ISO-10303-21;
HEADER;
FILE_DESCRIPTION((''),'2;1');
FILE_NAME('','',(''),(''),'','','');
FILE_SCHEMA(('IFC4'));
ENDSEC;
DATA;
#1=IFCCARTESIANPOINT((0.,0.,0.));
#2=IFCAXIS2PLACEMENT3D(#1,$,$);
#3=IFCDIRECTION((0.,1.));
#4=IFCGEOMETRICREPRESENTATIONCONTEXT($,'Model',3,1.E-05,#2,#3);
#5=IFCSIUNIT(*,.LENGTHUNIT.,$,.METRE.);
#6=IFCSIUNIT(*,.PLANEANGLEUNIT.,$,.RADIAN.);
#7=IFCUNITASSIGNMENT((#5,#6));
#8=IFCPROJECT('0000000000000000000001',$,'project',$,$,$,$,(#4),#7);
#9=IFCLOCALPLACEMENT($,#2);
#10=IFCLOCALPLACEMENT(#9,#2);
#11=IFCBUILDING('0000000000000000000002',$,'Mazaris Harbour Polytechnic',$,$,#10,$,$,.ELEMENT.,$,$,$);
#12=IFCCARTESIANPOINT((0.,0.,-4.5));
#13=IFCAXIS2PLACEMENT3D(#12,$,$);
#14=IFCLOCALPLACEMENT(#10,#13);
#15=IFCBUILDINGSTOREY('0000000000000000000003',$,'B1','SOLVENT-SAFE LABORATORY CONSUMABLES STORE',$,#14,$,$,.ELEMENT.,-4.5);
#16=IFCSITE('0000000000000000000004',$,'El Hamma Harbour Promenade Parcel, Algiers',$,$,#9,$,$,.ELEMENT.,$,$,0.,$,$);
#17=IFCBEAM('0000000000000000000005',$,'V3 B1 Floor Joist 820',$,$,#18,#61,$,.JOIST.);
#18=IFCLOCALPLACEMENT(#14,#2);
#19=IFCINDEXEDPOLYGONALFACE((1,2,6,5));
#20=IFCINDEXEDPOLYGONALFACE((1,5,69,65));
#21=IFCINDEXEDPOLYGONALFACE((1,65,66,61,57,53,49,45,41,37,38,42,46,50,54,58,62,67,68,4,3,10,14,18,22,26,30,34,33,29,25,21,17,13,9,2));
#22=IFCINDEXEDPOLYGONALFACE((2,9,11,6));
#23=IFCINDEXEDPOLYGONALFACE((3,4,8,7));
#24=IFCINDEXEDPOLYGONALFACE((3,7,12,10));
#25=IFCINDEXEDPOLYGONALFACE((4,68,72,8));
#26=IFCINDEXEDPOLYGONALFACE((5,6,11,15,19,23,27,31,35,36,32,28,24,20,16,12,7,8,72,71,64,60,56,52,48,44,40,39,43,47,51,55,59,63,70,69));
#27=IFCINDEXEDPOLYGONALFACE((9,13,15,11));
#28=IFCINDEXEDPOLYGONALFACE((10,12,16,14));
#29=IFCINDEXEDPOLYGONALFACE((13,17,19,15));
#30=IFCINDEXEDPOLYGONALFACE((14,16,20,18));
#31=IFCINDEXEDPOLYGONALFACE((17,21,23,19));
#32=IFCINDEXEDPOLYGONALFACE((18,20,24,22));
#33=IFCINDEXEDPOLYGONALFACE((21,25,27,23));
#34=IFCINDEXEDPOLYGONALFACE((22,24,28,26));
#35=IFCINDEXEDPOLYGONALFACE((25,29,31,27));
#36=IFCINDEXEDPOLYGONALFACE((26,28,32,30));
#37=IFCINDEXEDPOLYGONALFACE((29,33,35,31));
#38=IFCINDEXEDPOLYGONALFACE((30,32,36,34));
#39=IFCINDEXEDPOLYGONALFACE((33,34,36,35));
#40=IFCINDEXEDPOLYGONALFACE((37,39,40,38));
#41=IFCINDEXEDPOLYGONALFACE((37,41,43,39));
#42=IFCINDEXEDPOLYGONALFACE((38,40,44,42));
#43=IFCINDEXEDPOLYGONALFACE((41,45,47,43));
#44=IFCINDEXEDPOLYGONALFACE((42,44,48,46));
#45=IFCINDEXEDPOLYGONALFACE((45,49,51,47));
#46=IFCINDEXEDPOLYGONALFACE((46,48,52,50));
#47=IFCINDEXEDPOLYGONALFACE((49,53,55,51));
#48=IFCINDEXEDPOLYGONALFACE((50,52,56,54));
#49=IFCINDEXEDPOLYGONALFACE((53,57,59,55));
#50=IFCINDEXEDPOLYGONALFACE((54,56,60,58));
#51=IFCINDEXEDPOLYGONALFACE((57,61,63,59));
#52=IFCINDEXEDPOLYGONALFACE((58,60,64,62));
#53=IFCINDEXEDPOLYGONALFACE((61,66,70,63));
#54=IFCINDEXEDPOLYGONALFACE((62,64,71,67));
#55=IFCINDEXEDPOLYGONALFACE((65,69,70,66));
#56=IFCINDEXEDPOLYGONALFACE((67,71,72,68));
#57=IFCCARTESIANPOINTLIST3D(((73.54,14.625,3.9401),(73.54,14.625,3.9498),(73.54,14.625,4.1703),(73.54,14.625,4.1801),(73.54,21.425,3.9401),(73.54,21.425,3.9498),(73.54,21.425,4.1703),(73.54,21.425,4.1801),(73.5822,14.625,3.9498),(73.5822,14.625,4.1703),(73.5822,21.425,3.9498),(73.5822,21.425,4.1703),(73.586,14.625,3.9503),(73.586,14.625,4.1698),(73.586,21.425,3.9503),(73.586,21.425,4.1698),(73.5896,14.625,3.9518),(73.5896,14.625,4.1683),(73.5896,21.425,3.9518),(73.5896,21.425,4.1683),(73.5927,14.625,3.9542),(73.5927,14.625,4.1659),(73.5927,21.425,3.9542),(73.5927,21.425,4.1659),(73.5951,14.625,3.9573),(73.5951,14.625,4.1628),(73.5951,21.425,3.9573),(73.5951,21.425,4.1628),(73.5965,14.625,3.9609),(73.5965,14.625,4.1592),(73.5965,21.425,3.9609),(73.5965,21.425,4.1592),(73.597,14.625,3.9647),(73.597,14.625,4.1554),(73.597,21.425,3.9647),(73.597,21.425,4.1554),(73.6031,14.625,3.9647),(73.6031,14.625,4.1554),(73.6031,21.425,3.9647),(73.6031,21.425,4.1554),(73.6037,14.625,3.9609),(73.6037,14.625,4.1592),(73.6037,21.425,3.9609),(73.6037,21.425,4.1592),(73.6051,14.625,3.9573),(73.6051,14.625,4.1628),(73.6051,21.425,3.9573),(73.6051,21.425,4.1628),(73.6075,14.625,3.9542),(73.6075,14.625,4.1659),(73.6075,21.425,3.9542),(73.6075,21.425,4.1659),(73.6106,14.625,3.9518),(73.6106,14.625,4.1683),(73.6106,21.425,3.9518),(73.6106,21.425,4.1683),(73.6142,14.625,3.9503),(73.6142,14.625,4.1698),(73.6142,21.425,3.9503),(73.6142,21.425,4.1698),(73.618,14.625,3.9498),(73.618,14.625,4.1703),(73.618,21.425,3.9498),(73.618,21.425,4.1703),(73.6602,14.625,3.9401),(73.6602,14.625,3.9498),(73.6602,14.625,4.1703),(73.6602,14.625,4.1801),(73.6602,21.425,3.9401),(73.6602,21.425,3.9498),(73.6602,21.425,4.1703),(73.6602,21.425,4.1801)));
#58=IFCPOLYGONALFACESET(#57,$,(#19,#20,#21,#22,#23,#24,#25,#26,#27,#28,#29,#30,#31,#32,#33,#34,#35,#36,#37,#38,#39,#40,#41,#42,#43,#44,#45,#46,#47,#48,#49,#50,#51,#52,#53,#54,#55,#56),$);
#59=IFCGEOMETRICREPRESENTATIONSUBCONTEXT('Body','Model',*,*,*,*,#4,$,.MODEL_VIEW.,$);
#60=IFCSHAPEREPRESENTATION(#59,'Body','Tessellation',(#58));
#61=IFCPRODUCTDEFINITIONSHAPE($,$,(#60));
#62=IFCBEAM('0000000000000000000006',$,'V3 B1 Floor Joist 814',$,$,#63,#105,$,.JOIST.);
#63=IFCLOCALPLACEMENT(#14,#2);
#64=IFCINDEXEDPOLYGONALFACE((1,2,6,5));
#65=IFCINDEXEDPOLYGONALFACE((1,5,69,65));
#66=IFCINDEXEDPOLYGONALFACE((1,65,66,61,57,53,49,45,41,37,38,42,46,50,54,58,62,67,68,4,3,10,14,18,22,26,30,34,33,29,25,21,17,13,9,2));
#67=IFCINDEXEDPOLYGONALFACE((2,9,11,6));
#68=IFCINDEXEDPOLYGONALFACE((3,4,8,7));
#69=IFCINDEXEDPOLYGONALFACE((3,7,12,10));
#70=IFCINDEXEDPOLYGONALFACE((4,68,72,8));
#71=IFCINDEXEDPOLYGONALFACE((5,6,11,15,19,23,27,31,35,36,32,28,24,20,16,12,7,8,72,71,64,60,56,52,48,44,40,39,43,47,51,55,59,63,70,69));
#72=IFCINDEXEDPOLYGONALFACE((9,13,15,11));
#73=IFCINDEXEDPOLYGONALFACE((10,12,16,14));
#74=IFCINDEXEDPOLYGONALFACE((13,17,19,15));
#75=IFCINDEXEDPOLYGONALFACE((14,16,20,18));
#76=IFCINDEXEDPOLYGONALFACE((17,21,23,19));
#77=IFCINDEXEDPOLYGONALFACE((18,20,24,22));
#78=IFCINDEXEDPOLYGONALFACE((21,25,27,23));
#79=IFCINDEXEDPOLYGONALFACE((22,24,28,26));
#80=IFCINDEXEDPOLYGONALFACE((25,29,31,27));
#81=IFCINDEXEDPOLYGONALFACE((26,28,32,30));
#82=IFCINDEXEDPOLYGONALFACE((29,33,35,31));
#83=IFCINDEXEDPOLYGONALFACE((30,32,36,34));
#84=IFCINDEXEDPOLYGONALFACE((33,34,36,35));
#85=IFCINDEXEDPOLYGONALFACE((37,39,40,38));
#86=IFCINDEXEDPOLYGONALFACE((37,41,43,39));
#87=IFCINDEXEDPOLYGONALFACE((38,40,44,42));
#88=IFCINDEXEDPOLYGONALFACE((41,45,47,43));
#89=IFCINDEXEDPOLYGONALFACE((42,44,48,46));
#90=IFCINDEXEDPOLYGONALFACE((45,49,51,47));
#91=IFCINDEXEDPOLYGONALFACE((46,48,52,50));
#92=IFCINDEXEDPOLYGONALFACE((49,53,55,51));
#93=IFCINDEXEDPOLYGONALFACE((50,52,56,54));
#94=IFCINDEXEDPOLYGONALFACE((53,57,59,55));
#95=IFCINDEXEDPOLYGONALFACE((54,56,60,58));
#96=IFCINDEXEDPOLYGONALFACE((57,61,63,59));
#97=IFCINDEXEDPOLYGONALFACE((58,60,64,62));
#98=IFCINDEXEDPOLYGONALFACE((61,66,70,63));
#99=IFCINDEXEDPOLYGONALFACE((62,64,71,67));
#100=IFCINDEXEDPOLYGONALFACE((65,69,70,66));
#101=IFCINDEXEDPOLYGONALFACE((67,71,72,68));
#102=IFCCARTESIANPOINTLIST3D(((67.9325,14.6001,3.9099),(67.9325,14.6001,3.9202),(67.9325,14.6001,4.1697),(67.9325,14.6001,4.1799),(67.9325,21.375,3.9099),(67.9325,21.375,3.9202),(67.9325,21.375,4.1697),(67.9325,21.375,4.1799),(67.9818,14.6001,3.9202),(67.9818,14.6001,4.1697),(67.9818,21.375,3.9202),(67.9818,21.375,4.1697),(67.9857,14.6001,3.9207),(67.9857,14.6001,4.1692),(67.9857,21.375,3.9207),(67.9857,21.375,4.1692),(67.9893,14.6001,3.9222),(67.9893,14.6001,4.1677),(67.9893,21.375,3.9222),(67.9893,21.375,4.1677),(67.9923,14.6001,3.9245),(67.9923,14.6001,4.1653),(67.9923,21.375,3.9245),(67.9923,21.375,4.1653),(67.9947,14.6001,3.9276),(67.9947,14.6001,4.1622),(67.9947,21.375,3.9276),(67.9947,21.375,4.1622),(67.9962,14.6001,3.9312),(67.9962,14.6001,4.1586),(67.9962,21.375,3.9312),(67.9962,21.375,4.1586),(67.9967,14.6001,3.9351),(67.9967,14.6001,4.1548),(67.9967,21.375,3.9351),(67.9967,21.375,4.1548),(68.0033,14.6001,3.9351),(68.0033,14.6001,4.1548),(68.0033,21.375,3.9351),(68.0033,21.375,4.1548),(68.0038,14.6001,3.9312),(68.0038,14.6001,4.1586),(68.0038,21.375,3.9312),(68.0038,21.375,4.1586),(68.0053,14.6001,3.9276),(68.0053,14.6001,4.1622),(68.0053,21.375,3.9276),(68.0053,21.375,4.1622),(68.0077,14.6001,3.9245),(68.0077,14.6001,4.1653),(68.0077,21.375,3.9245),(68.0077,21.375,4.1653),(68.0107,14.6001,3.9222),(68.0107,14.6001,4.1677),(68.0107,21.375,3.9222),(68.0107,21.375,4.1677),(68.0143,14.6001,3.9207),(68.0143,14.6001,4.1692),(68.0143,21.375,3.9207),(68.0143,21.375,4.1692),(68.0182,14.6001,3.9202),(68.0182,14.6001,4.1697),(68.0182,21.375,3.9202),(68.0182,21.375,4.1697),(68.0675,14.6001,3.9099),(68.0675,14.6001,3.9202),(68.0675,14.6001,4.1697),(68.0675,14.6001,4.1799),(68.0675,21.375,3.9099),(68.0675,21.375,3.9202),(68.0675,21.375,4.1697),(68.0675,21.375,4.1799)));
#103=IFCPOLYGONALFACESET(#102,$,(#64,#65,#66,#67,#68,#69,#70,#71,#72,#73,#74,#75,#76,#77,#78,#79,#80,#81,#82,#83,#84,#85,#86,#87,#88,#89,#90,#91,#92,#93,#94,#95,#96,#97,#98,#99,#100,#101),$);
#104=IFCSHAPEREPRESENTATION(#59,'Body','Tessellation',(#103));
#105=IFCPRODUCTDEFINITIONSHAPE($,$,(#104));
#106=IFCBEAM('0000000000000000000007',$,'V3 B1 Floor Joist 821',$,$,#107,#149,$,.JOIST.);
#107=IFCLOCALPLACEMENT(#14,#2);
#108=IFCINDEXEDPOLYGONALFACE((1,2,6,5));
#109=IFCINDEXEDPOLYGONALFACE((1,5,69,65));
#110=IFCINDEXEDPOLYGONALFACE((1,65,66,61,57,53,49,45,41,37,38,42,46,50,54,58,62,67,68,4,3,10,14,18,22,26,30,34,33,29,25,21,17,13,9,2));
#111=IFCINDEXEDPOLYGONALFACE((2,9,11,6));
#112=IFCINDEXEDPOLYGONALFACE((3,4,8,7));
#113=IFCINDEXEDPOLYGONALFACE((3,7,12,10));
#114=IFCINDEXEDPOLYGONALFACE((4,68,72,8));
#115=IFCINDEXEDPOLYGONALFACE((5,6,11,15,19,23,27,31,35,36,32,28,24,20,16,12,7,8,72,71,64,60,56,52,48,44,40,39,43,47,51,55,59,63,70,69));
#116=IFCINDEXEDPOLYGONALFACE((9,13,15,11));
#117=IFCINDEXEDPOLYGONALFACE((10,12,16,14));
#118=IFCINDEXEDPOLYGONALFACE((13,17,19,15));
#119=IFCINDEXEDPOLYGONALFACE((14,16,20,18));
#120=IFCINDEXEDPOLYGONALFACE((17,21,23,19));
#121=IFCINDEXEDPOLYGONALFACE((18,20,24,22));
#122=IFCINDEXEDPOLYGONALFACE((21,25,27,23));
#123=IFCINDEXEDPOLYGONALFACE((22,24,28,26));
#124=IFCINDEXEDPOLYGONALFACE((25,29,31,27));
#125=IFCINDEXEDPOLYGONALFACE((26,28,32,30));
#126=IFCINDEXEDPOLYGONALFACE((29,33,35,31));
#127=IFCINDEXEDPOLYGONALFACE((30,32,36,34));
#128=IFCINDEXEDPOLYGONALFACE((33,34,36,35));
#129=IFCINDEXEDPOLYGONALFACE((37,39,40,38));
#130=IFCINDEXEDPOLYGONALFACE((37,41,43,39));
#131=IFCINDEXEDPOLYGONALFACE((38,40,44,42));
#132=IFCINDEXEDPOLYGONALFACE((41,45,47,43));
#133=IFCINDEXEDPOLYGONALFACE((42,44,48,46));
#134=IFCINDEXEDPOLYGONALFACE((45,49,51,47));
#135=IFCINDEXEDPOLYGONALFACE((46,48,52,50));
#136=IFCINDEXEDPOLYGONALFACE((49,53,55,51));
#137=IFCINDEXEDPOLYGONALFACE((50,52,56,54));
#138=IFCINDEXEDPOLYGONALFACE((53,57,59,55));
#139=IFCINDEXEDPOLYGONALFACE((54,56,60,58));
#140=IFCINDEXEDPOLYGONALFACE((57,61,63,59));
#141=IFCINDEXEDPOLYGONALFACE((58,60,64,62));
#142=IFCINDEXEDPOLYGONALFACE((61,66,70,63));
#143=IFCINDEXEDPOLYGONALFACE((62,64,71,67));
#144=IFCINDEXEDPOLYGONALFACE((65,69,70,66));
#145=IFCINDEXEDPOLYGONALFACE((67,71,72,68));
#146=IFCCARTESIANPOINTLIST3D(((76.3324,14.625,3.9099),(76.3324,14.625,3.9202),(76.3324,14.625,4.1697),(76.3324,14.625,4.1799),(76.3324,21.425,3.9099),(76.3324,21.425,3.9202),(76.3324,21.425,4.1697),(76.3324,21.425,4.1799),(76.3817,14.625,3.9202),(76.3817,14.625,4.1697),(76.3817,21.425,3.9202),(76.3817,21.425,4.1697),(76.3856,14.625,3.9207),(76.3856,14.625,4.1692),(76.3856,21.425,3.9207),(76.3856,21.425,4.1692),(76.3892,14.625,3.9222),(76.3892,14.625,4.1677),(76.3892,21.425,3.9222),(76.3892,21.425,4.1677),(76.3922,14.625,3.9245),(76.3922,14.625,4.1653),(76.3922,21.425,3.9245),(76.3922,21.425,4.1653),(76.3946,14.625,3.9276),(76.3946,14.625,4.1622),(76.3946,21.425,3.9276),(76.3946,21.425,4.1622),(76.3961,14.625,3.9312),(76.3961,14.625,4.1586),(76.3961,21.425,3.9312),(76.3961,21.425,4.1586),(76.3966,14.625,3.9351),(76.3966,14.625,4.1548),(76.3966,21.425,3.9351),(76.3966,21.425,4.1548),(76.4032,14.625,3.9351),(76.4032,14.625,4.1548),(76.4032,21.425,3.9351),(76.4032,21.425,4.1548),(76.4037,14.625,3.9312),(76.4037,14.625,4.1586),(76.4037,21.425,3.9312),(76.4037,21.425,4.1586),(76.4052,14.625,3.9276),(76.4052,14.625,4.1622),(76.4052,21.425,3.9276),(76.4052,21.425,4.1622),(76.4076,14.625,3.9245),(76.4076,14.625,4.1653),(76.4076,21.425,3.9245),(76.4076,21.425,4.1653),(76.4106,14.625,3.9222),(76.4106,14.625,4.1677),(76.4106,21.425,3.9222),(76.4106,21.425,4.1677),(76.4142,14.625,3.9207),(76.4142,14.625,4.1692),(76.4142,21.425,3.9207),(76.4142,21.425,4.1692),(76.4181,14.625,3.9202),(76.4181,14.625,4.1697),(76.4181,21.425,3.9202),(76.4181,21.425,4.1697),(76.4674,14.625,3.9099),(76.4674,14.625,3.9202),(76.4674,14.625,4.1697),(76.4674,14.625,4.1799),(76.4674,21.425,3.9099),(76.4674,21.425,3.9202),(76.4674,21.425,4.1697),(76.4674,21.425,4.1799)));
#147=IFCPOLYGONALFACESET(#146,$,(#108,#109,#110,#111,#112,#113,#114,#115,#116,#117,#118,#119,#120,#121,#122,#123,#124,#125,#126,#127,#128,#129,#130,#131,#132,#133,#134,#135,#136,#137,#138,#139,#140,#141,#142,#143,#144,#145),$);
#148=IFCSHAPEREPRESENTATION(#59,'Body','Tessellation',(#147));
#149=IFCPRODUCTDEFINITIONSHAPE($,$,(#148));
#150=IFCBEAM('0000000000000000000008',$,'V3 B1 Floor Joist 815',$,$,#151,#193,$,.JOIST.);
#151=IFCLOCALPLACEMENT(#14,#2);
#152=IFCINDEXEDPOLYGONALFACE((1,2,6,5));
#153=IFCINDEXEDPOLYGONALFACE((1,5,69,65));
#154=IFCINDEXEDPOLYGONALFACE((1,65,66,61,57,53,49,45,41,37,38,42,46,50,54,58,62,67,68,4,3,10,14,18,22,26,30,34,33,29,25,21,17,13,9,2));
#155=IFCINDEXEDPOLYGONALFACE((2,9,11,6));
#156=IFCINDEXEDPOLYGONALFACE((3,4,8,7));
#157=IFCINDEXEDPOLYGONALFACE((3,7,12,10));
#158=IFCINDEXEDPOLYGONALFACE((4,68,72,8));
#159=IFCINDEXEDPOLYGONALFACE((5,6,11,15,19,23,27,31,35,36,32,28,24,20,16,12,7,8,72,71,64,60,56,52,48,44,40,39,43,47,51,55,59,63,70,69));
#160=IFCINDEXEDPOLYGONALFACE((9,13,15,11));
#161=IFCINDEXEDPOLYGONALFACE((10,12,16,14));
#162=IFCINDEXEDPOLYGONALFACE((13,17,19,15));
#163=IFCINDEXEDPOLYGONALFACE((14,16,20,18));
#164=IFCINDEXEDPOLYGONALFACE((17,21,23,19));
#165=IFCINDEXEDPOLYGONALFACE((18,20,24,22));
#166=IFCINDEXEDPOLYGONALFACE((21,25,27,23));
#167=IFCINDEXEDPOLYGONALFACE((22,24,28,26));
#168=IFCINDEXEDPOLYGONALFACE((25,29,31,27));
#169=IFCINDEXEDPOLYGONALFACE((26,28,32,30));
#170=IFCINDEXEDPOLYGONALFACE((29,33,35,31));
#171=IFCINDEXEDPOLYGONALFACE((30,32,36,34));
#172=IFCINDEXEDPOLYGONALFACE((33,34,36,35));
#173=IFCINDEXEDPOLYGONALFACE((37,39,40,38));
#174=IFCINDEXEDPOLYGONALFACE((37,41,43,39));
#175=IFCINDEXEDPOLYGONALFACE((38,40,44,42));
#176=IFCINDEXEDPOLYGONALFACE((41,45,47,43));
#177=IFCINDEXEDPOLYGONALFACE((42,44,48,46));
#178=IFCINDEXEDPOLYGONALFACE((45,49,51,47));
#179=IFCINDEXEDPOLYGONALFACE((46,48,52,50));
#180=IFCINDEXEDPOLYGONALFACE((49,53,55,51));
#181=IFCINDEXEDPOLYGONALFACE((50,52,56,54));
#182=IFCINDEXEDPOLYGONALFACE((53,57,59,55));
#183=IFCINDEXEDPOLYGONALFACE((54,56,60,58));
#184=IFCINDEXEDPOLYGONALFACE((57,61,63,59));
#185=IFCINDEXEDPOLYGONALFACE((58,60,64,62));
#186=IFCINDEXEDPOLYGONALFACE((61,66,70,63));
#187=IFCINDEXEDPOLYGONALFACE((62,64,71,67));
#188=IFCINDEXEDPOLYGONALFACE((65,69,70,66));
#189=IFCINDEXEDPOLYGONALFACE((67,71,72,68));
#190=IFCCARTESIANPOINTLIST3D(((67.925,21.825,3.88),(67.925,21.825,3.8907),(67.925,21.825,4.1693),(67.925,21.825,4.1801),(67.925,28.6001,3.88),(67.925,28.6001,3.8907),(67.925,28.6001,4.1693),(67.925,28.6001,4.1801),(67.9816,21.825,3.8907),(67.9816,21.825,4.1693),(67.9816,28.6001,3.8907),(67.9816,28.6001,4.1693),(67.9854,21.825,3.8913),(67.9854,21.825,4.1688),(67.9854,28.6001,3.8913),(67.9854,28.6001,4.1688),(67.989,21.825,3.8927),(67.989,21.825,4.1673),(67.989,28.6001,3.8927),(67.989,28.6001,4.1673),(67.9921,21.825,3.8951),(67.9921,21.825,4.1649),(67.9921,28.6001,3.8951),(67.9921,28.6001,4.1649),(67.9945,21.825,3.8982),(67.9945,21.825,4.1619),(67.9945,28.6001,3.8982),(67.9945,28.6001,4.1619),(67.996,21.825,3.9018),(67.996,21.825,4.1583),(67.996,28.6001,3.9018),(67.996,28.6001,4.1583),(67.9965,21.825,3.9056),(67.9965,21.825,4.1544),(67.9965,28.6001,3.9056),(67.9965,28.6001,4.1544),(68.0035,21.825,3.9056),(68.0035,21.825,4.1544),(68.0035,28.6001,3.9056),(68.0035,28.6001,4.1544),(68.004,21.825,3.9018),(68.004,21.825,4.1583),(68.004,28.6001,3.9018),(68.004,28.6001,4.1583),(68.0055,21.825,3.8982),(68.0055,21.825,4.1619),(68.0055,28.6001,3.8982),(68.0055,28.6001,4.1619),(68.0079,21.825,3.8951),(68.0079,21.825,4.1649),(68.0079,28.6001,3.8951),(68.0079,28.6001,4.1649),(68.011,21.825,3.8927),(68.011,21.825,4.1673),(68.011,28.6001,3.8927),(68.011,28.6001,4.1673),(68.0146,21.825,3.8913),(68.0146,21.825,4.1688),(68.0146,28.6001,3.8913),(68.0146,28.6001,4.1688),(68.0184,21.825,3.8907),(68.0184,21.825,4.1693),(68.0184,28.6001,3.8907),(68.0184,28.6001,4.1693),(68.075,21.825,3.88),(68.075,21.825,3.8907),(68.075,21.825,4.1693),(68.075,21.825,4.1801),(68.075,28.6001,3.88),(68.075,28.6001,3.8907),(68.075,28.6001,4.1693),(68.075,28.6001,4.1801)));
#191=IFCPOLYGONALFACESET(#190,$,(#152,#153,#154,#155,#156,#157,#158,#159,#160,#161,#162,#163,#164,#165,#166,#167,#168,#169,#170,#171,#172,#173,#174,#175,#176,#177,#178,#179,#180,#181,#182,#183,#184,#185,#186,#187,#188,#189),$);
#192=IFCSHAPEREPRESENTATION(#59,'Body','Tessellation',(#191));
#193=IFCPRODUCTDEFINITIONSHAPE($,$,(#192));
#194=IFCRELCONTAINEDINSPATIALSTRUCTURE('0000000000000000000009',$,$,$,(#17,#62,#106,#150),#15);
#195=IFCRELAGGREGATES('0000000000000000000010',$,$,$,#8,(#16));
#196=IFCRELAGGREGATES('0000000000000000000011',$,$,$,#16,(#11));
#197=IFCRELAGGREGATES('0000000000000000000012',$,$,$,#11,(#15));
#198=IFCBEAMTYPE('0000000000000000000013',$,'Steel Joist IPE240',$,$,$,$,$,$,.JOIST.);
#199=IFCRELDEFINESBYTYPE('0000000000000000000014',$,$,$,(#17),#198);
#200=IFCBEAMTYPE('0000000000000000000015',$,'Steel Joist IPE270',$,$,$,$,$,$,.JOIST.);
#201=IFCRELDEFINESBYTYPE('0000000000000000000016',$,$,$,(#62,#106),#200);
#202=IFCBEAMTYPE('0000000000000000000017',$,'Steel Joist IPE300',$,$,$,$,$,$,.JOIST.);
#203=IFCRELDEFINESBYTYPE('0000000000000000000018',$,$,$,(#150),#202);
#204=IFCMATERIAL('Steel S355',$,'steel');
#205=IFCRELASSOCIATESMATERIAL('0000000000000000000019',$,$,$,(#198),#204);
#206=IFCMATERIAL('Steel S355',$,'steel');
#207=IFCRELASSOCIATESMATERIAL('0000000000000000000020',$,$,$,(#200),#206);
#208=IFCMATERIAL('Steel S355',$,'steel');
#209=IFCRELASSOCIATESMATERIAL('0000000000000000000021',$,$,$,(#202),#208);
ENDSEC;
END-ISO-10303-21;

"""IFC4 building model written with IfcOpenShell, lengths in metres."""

from ifc_helpers import new_model, si_unit, direction, frame, origin, origin_2d, place, context, subcontext, project, spatial, i_section, extrude, material, material_profile, profile_set, type_object, element, save


model = new_model("IFC4")

# Units and contexts
model_context = context("Model", 3, precision=1e-05, world=origin(), true_north=direction((0.0, 1.0)))
body_context = subcontext(model_context, "Body", "Model", "MODEL_VIEW")
ifc_project = project(units=[si_unit("LENGTHUNIT", "METRE"), si_unit("PLANEANGLEUNIT", "RADIAN")], contexts=[model_context])

# Site, building, storey
site_placement = place(None, origin())
site = spatial("IfcSite", under=ifc_project, at=site_placement, Name="El Hamma Harbour Promenade Parcel, Algiers", CompositionType="ELEMENT", RefElevation=0.0)
building_placement = place(site_placement, origin())
building = spatial("IfcBuilding", under=site, at=building_placement, Name="Mazaris Harbour Polytechnic", CompositionType="ELEMENT")
storey_placement = place(building_placement, frame((0.0, 0.0, -4.5)))
storey = spatial("IfcBuildingStorey", under=building, at=storey_placement, Name="B1", Description="SOLVENT-SAFE LABORATORY CONSUMABLES STORE", CompositionType="ELEMENT", Elevation=-4.5)

# Beams
ifc_material_1 = material(Name="Steel S355", Category="steel")
ifc_material_profile_1 = material_profile(ifc_material_1, i_section(OverallWidth=0.1201, OverallDepth=0.24, WebThickness=0.0061, FlangeThickness=0.0098, FilletRadius=0.0149, at=origin_2d()), Name="IPE 240")
ifc_profile_set_1 = profile_set([ifc_material_profile_1], Name="Steel S355")
beam_type_1 = type_object("IfcBeamType", Name="Steel Joist IPE240", PredefinedType="JOIST", material=ifc_profile_set_1)
beam_1_placement = place(storey_placement, frame((73.6001, 14.625, 4.0601), z_axis=(0.0, 1.0, 0.0), x_axis=(-1.0, 0.0, 0.0)))
element("IfcBeam", 1, at=beam_1_placement, inside=storey, type_object=beam_type_1, Name="V3 B1 Floor Joist 820", PredefinedType="JOIST", context=body_context, shape_type="SweptSolid", body=[
    extrude(i_section(OverallWidth=0.1201, OverallDepth=0.24, WebThickness=0.0061, FlangeThickness=0.0098, FilletRadius=0.0149, at=origin_2d()), origin(), (0.0, 0.0, 1.0), 6.8),
])
ifc_material_2 = material(Name="Steel S355", Category="steel")
ifc_material_profile_2 = material_profile(ifc_material_2, i_section(OverallWidth=0.135, OverallDepth=0.27, WebThickness=0.0066, FlangeThickness=0.0103, FilletRadius=0.0149, at=origin_2d()), Name="IPE 270")
ifc_profile_set_2 = profile_set([ifc_material_profile_2], Name="Steel S355")
beam_type_2 = type_object("IfcBeamType", Name="Steel Joist IPE270", PredefinedType="JOIST", material=ifc_profile_set_2)
beam_2_placement = place(storey_placement, frame((68.0, 14.6001, 4.0449), z_axis=(0.0, 1.0, 0.0), x_axis=(-1.0, 0.0, 0.0)))
element("IfcBeam", 2, at=beam_2_placement, inside=storey, type_object=beam_type_2, Name="V3 B1 Floor Joist 814", PredefinedType="JOIST", context=body_context, shape_type="SweptSolid", body=[
    extrude(i_section(OverallWidth=0.135, OverallDepth=0.27, WebThickness=0.0066, FlangeThickness=0.0103, FilletRadius=0.0149, at=origin_2d()), origin(), (0.0, 0.0, 1.0), 6.7749),
])
beam_3_placement = place(storey_placement, frame((76.3999, 14.625, 4.0449), z_axis=(0.0, 1.0, 0.0), x_axis=(-1.0, 0.0, 0.0)))
element("IfcBeam", 3, at=beam_3_placement, inside=storey, type_object=beam_type_2, Name="V3 B1 Floor Joist 821", PredefinedType="JOIST", context=body_context, shape_type="SweptSolid", body=[
    extrude(i_section(OverallWidth=0.135, OverallDepth=0.27, WebThickness=0.0066, FlangeThickness=0.0103, FilletRadius=0.0149, at=origin_2d()), origin(), (0.0, 0.0, 1.0), 6.8),
])
ifc_material_3 = material(Name="Steel S355", Category="steel")
ifc_material_profile_3 = material_profile(ifc_material_3, i_section(OverallWidth=0.1499, OverallDepth=0.3, WebThickness=0.0071, FlangeThickness=0.0107, FilletRadius=0.0149, at=origin_2d()), Name="IPE 300")
ifc_profile_set_3 = profile_set([ifc_material_profile_3], Name="Steel S355")
beam_type_3 = type_object("IfcBeamType", Name="Steel Joist IPE300", PredefinedType="JOIST", material=ifc_profile_set_3)
beam_4_placement = place(storey_placement, frame((68.0, 21.825, 4.03), z_axis=(0.0, 1.0, 0.0), x_axis=(-1.0, 0.0, 0.0)))
element("IfcBeam", 4, at=beam_4_placement, inside=storey, type_object=beam_type_3, Name="V3 B1 Floor Joist 815", PredefinedType="JOIST", context=body_context, shape_type="SweptSolid", body=[
    extrude(i_section(OverallWidth=0.1499, OverallDepth=0.3, WebThickness=0.0071, FlangeThickness=0.0107, FilletRadius=0.0149, at=origin_2d()), origin(), (0.0, 0.0, 1.0), 6.7751),
])

save(model, "model.ifc")
